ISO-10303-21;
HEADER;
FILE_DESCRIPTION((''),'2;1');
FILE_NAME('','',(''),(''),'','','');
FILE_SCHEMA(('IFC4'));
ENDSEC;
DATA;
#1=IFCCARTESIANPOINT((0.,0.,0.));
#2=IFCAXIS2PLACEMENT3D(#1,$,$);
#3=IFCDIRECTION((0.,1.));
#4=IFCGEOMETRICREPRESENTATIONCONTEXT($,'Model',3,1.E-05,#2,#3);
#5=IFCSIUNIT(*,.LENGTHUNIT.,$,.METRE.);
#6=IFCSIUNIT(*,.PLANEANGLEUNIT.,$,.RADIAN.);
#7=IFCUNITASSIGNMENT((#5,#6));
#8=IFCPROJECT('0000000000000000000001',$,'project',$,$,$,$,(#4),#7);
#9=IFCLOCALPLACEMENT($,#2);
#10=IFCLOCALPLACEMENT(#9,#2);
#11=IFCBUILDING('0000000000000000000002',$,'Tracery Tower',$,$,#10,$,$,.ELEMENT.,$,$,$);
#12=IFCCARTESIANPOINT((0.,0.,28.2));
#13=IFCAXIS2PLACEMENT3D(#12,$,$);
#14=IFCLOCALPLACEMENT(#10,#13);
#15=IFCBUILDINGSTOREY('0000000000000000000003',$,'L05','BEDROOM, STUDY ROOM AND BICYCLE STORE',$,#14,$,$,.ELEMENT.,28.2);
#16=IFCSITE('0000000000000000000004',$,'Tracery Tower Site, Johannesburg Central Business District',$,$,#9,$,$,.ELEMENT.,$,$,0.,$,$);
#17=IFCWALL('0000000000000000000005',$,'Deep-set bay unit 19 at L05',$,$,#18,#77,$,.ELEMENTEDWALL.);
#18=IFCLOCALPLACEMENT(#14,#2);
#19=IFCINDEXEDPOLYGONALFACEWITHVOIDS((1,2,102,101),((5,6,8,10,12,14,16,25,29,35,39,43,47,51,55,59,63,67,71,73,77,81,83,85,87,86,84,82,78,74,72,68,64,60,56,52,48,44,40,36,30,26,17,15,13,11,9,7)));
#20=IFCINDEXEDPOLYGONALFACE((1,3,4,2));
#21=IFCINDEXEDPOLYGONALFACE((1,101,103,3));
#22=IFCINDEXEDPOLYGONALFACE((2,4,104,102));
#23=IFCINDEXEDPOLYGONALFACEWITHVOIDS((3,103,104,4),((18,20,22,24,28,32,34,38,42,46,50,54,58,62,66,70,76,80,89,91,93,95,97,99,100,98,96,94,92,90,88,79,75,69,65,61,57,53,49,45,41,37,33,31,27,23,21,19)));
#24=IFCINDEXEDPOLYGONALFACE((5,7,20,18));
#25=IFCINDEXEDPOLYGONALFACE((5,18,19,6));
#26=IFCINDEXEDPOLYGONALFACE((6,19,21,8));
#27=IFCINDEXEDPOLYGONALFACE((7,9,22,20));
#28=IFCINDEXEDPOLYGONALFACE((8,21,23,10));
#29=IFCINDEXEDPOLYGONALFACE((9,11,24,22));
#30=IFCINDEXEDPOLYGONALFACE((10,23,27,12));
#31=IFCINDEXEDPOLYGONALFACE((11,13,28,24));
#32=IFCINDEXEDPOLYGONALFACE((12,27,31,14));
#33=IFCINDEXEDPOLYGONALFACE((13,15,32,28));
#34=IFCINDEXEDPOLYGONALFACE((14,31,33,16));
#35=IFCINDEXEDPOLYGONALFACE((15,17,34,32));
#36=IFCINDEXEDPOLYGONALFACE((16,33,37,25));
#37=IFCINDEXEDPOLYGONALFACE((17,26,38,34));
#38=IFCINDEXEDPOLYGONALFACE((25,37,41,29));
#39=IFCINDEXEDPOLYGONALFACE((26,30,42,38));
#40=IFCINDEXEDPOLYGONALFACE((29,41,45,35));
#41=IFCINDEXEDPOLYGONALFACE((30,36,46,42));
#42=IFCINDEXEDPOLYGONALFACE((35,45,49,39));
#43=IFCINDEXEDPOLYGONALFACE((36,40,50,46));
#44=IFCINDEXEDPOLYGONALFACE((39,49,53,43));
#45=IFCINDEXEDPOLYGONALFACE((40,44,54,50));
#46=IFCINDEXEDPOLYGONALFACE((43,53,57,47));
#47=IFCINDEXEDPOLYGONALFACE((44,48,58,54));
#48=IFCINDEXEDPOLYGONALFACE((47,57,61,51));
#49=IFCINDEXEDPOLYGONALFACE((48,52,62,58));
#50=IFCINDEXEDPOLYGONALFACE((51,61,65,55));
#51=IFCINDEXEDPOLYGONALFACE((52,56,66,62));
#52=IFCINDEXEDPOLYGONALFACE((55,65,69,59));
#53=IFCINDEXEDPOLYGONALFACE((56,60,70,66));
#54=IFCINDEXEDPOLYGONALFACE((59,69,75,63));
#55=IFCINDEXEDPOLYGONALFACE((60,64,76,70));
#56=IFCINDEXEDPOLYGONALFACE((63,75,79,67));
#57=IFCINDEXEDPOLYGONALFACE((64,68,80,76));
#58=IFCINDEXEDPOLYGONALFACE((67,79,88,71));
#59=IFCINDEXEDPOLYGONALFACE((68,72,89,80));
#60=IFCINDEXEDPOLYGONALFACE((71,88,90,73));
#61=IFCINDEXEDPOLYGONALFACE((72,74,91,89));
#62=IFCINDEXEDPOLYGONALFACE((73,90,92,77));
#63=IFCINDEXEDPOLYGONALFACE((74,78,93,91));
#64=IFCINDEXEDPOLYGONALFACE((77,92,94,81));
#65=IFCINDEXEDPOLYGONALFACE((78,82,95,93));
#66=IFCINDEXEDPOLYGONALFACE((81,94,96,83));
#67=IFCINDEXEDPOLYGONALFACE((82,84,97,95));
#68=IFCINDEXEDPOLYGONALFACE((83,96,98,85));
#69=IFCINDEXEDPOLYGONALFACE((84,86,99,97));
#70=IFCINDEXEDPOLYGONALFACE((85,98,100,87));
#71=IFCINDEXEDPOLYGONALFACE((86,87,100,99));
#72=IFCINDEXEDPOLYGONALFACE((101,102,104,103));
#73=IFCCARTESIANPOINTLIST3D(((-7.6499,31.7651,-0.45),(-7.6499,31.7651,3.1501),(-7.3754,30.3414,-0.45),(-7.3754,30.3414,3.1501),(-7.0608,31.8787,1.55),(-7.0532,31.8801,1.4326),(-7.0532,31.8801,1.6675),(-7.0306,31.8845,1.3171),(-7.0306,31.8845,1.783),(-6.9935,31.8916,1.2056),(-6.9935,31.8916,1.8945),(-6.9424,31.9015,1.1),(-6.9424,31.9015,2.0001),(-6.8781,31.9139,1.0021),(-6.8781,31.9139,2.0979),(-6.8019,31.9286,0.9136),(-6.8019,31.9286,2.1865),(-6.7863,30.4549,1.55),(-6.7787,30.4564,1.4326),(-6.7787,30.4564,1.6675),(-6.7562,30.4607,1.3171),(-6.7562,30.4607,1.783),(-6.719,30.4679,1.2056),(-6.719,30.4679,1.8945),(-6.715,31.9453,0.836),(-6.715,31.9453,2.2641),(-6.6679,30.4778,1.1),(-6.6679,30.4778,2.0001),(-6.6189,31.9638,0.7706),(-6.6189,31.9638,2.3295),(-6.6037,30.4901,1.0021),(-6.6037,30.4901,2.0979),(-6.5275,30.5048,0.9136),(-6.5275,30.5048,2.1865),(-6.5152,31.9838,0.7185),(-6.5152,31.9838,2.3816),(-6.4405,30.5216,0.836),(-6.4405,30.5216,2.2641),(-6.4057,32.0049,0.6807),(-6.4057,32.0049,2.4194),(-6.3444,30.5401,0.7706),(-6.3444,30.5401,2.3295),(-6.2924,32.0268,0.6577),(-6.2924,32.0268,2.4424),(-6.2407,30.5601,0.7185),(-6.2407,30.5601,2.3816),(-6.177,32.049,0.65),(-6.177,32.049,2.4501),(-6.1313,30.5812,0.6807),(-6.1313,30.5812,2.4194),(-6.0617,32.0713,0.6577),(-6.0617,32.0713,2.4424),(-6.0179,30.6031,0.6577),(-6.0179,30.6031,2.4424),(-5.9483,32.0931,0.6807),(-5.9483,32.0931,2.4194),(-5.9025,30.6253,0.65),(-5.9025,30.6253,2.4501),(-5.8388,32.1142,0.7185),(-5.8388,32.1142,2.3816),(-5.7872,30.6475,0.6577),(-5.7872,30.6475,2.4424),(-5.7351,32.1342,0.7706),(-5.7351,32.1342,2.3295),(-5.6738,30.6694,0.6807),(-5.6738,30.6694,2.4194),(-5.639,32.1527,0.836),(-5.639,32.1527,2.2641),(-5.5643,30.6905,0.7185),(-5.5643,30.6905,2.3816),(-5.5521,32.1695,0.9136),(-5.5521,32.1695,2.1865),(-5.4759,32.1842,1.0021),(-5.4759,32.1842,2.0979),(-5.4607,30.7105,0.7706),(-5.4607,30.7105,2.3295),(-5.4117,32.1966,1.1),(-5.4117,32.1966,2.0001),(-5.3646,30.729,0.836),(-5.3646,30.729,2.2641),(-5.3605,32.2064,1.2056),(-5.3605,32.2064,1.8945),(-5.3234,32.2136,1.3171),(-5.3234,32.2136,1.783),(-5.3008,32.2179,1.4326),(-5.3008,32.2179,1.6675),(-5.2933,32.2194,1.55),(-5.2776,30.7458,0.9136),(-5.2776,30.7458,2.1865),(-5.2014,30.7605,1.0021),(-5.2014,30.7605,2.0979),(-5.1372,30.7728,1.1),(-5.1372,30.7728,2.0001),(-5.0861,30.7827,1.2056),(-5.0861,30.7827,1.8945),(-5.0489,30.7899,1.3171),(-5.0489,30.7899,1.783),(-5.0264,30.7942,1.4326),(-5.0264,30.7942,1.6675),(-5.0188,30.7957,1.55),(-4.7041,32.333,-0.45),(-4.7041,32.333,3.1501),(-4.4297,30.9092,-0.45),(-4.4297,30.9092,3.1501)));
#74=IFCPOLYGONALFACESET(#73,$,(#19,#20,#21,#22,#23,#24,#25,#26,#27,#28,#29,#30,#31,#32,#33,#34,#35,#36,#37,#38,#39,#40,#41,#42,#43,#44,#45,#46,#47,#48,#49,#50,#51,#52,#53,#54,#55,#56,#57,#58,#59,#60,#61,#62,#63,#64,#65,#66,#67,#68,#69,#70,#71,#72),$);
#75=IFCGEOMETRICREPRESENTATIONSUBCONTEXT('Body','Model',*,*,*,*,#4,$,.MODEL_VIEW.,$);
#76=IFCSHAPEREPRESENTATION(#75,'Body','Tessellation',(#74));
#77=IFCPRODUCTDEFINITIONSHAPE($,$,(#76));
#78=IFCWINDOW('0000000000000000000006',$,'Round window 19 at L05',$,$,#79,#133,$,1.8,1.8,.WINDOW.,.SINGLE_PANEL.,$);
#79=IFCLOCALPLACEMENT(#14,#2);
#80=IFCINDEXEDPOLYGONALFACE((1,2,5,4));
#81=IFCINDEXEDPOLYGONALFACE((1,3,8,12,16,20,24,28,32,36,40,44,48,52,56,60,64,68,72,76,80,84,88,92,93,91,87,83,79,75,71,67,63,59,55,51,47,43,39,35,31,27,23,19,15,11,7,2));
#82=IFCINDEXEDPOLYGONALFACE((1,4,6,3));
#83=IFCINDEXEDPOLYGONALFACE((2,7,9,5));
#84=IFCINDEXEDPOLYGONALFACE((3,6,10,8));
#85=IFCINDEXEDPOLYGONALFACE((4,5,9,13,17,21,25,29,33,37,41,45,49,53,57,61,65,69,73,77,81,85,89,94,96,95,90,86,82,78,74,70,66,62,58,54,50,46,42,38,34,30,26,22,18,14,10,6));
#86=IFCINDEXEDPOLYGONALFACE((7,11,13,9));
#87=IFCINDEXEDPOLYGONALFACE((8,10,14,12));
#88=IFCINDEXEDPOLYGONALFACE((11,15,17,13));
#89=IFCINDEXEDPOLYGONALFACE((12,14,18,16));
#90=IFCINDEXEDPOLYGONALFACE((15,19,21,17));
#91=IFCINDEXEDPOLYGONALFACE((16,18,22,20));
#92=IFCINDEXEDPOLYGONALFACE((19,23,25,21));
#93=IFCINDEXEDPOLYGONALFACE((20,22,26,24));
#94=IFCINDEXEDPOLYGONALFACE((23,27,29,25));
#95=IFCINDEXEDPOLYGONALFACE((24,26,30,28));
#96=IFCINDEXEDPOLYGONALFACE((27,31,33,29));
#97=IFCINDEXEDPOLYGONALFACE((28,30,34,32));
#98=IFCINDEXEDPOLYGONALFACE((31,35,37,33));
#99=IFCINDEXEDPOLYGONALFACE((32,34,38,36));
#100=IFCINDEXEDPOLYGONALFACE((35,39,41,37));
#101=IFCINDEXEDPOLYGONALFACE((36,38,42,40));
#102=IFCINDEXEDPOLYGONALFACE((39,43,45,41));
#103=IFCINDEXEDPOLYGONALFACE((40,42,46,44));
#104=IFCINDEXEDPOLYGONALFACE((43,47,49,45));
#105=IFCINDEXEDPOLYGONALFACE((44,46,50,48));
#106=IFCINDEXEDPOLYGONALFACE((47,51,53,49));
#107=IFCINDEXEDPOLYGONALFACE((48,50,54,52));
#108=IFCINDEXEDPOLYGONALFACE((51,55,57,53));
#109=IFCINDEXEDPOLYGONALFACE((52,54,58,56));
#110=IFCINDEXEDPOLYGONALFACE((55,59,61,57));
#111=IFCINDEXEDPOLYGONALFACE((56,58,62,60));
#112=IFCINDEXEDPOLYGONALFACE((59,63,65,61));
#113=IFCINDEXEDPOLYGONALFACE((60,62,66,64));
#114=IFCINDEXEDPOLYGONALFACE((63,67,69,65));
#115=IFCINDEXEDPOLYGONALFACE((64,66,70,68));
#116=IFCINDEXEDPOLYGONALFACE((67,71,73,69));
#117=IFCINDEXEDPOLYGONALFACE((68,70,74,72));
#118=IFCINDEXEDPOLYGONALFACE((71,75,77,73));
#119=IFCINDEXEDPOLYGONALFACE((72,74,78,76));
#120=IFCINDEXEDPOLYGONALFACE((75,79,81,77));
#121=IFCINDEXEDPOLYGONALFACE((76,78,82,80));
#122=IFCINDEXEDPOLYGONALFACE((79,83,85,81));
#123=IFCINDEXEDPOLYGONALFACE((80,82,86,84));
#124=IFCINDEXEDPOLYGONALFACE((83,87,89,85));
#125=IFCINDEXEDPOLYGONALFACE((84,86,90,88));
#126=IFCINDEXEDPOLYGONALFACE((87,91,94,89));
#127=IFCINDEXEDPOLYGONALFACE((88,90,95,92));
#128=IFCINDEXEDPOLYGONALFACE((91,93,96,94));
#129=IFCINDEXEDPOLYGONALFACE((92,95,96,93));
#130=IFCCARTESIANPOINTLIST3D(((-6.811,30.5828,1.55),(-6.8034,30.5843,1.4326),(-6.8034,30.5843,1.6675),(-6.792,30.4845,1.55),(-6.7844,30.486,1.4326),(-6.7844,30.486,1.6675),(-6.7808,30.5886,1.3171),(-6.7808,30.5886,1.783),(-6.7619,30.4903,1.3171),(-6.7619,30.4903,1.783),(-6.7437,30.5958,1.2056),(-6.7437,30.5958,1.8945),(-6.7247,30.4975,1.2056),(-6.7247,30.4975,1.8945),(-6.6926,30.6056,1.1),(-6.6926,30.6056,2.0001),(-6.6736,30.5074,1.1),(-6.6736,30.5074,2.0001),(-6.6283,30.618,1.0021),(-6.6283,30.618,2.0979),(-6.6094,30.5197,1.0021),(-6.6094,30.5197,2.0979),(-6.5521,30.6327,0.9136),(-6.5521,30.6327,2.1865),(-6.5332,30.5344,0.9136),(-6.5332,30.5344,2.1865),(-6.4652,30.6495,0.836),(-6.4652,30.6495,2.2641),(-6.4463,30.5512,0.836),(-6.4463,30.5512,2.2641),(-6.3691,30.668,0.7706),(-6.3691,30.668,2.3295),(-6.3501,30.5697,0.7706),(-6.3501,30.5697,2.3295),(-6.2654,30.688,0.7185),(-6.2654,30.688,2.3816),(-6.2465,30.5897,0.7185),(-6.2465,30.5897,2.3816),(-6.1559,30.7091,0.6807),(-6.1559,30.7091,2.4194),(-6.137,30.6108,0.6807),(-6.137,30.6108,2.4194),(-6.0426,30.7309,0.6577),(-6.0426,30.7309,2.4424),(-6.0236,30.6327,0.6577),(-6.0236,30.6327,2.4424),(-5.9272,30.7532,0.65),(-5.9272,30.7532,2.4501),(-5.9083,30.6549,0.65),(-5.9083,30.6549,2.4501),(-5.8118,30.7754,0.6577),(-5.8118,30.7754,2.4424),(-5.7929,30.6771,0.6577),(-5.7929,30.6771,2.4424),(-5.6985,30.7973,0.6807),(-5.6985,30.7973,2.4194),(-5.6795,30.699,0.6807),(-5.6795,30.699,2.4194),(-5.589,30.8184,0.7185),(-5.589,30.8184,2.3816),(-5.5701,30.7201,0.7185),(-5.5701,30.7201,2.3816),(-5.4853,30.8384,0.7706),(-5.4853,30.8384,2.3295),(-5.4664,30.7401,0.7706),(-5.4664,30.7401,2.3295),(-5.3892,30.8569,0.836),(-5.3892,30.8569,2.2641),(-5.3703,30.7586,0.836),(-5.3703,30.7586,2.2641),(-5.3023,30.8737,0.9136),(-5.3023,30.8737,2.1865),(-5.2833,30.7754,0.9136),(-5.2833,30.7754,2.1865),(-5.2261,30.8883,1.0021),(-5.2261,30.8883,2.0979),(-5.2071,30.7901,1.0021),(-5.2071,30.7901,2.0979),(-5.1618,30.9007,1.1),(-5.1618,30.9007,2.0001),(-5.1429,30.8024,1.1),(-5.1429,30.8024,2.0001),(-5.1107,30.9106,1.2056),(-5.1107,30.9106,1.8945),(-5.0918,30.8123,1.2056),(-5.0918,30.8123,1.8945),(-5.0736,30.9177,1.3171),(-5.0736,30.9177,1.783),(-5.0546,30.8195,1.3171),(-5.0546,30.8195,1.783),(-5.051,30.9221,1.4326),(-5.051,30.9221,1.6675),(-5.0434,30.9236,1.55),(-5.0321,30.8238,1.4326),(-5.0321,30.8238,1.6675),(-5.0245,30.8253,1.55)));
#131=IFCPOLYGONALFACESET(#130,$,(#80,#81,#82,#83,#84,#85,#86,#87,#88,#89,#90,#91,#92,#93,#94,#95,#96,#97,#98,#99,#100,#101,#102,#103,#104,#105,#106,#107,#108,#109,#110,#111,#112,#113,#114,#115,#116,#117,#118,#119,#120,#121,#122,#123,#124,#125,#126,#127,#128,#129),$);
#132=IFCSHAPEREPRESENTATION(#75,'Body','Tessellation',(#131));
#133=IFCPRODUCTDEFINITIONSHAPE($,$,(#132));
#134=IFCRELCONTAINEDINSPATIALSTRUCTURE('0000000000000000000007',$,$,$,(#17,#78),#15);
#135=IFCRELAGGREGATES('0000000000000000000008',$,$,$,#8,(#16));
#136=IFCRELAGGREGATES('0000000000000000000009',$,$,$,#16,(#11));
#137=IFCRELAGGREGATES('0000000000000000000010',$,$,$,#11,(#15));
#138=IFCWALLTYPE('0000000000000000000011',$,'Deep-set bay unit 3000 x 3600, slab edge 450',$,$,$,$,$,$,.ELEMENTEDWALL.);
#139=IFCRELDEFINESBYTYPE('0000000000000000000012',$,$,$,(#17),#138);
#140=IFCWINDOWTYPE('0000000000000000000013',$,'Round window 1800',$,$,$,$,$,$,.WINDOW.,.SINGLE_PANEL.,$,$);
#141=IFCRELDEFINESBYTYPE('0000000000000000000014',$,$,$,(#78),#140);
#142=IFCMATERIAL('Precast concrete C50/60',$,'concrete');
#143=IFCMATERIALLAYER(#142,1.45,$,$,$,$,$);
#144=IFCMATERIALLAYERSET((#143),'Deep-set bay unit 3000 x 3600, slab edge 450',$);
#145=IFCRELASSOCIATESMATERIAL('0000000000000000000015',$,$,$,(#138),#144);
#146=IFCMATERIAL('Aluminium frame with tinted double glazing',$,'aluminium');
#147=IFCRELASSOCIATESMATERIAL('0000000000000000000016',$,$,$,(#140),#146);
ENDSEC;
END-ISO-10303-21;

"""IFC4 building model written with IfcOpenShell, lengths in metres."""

from ifc_helpers import new_model, si_unit, direction, frame, frame_2d, origin, origin_2d, place, context, subcontext, project, spatial, rectangle, circle, extrude, material, layer, layer_set, type_object, element, fill, save


model = new_model("IFC4")

# Units and contexts
model_context = context("Model", 3, precision=1e-05, world=origin(), true_north=direction((0.0, 1.0)))
body_context = subcontext(model_context, "Body", "Model", "MODEL_VIEW")
ifc_project = project(units=[si_unit("LENGTHUNIT", "METRE"), si_unit("PLANEANGLEUNIT", "RADIAN")], contexts=[model_context])

# Site, building, storey
site_placement = place(None, origin())
site = spatial("IfcSite", under=ifc_project, at=site_placement, Name="Tracery Tower Site, Johannesburg Central Business District", CompositionType="ELEMENT", RefElevation=0.0)
building_placement = place(site_placement, origin())
building = spatial("IfcBuilding", under=site, at=building_placement, Name="Tracery Tower", CompositionType="ELEMENT")
storey_placement = place(building_placement, frame((0.0, 0.0, 28.2)))
storey = spatial("IfcBuildingStorey", under=building, at=storey_placement, Name="L05", Description="BEDROOM, STUDY ROOM AND BICYCLE STORE", CompositionType="ELEMENT", Elevation=28.2)

# Wall, opening, window
ifc_material_1 = material(Name="Precast concrete C50/60", Category="concrete")
ifc_layer_1 = layer(ifc_material_1, 1.45)
ifc_layer_set_1 = layer_set([ifc_layer_1], Name="Deep-set bay unit 3000 x 3600, slab edge 450")
wall_type_1 = type_object("IfcWallType", Name="Deep-set bay unit 3000 x 3600, slab edge 450", PredefinedType="ELEMENTEDWALL", material=ifc_layer_set_1)
wall_1_placement = place(storey_placement, frame((-4.5669, 31.6211, -0.45), z_axis=(0.0, 0.0, 1.0), x_axis=(-0.981922, -0.189288, 0.0)))
wall_1 = element("IfcWall", 1, at=wall_1_placement, inside=storey, type_object=wall_type_1, Name="Deep-set bay unit 19 at L05", PredefinedType="ELEMENTEDWALL", context=body_context, shape_type="SweptSolid", body=[
    extrude(rectangle(XDim=3.0, YDim=1.45, at=frame_2d((1.5, 0.0))), origin(), (0.0, 0.0, 1.0), 3.6001),
])
opening_1_placement = place(wall_1_placement, frame((1.5, 0.0, 2.0)))
opening_1 = element("IfcOpeningElement", 2, at=opening_1_placement, cuts=wall_1, PredefinedType="OPENING", context=body_context, shape_type="SweptSolid", body=[
    extrude(circle(Radius=0.9, at=origin_2d()), frame((0.0, 0.7349, 0.0), z_axis=(0.0, -1.0, 0.0), x_axis=(1.0, 0.0, 0.0)), (0.0, 0.0, 1.0), 1.47),
])
ifc_material_2 = material(Name="Aluminium frame with tinted double glazing", Category="aluminium")
window_type = type_object("IfcWindowType", Name="Round window 1800", PartitioningType="SINGLE_PANEL", PredefinedType="WINDOW", material=ifc_material_2)
window_1_placement = place(opening_1_placement, origin())
window_1 = element("IfcWindow", 3, at=window_1_placement, inside=storey, type_object=window_type, Name="Round window 19 at L05", OverallHeight=1.8, OverallWidth=1.8, PartitioningType="SINGLE_PANEL", PredefinedType="WINDOW", context=body_context, shape_type="SweptSolid", body=[
    extrude(circle(Radius=0.9, at=origin_2d()), frame((0.0, 0.6948, 0.0), z_axis=(0.0, -1.0, 0.0), x_axis=(1.0, 0.0, 0.0)), (0.0, 0.0, 1.0), 0.1001),
])
fill(opening_1, window_1)

save(model, "model.ifc")
